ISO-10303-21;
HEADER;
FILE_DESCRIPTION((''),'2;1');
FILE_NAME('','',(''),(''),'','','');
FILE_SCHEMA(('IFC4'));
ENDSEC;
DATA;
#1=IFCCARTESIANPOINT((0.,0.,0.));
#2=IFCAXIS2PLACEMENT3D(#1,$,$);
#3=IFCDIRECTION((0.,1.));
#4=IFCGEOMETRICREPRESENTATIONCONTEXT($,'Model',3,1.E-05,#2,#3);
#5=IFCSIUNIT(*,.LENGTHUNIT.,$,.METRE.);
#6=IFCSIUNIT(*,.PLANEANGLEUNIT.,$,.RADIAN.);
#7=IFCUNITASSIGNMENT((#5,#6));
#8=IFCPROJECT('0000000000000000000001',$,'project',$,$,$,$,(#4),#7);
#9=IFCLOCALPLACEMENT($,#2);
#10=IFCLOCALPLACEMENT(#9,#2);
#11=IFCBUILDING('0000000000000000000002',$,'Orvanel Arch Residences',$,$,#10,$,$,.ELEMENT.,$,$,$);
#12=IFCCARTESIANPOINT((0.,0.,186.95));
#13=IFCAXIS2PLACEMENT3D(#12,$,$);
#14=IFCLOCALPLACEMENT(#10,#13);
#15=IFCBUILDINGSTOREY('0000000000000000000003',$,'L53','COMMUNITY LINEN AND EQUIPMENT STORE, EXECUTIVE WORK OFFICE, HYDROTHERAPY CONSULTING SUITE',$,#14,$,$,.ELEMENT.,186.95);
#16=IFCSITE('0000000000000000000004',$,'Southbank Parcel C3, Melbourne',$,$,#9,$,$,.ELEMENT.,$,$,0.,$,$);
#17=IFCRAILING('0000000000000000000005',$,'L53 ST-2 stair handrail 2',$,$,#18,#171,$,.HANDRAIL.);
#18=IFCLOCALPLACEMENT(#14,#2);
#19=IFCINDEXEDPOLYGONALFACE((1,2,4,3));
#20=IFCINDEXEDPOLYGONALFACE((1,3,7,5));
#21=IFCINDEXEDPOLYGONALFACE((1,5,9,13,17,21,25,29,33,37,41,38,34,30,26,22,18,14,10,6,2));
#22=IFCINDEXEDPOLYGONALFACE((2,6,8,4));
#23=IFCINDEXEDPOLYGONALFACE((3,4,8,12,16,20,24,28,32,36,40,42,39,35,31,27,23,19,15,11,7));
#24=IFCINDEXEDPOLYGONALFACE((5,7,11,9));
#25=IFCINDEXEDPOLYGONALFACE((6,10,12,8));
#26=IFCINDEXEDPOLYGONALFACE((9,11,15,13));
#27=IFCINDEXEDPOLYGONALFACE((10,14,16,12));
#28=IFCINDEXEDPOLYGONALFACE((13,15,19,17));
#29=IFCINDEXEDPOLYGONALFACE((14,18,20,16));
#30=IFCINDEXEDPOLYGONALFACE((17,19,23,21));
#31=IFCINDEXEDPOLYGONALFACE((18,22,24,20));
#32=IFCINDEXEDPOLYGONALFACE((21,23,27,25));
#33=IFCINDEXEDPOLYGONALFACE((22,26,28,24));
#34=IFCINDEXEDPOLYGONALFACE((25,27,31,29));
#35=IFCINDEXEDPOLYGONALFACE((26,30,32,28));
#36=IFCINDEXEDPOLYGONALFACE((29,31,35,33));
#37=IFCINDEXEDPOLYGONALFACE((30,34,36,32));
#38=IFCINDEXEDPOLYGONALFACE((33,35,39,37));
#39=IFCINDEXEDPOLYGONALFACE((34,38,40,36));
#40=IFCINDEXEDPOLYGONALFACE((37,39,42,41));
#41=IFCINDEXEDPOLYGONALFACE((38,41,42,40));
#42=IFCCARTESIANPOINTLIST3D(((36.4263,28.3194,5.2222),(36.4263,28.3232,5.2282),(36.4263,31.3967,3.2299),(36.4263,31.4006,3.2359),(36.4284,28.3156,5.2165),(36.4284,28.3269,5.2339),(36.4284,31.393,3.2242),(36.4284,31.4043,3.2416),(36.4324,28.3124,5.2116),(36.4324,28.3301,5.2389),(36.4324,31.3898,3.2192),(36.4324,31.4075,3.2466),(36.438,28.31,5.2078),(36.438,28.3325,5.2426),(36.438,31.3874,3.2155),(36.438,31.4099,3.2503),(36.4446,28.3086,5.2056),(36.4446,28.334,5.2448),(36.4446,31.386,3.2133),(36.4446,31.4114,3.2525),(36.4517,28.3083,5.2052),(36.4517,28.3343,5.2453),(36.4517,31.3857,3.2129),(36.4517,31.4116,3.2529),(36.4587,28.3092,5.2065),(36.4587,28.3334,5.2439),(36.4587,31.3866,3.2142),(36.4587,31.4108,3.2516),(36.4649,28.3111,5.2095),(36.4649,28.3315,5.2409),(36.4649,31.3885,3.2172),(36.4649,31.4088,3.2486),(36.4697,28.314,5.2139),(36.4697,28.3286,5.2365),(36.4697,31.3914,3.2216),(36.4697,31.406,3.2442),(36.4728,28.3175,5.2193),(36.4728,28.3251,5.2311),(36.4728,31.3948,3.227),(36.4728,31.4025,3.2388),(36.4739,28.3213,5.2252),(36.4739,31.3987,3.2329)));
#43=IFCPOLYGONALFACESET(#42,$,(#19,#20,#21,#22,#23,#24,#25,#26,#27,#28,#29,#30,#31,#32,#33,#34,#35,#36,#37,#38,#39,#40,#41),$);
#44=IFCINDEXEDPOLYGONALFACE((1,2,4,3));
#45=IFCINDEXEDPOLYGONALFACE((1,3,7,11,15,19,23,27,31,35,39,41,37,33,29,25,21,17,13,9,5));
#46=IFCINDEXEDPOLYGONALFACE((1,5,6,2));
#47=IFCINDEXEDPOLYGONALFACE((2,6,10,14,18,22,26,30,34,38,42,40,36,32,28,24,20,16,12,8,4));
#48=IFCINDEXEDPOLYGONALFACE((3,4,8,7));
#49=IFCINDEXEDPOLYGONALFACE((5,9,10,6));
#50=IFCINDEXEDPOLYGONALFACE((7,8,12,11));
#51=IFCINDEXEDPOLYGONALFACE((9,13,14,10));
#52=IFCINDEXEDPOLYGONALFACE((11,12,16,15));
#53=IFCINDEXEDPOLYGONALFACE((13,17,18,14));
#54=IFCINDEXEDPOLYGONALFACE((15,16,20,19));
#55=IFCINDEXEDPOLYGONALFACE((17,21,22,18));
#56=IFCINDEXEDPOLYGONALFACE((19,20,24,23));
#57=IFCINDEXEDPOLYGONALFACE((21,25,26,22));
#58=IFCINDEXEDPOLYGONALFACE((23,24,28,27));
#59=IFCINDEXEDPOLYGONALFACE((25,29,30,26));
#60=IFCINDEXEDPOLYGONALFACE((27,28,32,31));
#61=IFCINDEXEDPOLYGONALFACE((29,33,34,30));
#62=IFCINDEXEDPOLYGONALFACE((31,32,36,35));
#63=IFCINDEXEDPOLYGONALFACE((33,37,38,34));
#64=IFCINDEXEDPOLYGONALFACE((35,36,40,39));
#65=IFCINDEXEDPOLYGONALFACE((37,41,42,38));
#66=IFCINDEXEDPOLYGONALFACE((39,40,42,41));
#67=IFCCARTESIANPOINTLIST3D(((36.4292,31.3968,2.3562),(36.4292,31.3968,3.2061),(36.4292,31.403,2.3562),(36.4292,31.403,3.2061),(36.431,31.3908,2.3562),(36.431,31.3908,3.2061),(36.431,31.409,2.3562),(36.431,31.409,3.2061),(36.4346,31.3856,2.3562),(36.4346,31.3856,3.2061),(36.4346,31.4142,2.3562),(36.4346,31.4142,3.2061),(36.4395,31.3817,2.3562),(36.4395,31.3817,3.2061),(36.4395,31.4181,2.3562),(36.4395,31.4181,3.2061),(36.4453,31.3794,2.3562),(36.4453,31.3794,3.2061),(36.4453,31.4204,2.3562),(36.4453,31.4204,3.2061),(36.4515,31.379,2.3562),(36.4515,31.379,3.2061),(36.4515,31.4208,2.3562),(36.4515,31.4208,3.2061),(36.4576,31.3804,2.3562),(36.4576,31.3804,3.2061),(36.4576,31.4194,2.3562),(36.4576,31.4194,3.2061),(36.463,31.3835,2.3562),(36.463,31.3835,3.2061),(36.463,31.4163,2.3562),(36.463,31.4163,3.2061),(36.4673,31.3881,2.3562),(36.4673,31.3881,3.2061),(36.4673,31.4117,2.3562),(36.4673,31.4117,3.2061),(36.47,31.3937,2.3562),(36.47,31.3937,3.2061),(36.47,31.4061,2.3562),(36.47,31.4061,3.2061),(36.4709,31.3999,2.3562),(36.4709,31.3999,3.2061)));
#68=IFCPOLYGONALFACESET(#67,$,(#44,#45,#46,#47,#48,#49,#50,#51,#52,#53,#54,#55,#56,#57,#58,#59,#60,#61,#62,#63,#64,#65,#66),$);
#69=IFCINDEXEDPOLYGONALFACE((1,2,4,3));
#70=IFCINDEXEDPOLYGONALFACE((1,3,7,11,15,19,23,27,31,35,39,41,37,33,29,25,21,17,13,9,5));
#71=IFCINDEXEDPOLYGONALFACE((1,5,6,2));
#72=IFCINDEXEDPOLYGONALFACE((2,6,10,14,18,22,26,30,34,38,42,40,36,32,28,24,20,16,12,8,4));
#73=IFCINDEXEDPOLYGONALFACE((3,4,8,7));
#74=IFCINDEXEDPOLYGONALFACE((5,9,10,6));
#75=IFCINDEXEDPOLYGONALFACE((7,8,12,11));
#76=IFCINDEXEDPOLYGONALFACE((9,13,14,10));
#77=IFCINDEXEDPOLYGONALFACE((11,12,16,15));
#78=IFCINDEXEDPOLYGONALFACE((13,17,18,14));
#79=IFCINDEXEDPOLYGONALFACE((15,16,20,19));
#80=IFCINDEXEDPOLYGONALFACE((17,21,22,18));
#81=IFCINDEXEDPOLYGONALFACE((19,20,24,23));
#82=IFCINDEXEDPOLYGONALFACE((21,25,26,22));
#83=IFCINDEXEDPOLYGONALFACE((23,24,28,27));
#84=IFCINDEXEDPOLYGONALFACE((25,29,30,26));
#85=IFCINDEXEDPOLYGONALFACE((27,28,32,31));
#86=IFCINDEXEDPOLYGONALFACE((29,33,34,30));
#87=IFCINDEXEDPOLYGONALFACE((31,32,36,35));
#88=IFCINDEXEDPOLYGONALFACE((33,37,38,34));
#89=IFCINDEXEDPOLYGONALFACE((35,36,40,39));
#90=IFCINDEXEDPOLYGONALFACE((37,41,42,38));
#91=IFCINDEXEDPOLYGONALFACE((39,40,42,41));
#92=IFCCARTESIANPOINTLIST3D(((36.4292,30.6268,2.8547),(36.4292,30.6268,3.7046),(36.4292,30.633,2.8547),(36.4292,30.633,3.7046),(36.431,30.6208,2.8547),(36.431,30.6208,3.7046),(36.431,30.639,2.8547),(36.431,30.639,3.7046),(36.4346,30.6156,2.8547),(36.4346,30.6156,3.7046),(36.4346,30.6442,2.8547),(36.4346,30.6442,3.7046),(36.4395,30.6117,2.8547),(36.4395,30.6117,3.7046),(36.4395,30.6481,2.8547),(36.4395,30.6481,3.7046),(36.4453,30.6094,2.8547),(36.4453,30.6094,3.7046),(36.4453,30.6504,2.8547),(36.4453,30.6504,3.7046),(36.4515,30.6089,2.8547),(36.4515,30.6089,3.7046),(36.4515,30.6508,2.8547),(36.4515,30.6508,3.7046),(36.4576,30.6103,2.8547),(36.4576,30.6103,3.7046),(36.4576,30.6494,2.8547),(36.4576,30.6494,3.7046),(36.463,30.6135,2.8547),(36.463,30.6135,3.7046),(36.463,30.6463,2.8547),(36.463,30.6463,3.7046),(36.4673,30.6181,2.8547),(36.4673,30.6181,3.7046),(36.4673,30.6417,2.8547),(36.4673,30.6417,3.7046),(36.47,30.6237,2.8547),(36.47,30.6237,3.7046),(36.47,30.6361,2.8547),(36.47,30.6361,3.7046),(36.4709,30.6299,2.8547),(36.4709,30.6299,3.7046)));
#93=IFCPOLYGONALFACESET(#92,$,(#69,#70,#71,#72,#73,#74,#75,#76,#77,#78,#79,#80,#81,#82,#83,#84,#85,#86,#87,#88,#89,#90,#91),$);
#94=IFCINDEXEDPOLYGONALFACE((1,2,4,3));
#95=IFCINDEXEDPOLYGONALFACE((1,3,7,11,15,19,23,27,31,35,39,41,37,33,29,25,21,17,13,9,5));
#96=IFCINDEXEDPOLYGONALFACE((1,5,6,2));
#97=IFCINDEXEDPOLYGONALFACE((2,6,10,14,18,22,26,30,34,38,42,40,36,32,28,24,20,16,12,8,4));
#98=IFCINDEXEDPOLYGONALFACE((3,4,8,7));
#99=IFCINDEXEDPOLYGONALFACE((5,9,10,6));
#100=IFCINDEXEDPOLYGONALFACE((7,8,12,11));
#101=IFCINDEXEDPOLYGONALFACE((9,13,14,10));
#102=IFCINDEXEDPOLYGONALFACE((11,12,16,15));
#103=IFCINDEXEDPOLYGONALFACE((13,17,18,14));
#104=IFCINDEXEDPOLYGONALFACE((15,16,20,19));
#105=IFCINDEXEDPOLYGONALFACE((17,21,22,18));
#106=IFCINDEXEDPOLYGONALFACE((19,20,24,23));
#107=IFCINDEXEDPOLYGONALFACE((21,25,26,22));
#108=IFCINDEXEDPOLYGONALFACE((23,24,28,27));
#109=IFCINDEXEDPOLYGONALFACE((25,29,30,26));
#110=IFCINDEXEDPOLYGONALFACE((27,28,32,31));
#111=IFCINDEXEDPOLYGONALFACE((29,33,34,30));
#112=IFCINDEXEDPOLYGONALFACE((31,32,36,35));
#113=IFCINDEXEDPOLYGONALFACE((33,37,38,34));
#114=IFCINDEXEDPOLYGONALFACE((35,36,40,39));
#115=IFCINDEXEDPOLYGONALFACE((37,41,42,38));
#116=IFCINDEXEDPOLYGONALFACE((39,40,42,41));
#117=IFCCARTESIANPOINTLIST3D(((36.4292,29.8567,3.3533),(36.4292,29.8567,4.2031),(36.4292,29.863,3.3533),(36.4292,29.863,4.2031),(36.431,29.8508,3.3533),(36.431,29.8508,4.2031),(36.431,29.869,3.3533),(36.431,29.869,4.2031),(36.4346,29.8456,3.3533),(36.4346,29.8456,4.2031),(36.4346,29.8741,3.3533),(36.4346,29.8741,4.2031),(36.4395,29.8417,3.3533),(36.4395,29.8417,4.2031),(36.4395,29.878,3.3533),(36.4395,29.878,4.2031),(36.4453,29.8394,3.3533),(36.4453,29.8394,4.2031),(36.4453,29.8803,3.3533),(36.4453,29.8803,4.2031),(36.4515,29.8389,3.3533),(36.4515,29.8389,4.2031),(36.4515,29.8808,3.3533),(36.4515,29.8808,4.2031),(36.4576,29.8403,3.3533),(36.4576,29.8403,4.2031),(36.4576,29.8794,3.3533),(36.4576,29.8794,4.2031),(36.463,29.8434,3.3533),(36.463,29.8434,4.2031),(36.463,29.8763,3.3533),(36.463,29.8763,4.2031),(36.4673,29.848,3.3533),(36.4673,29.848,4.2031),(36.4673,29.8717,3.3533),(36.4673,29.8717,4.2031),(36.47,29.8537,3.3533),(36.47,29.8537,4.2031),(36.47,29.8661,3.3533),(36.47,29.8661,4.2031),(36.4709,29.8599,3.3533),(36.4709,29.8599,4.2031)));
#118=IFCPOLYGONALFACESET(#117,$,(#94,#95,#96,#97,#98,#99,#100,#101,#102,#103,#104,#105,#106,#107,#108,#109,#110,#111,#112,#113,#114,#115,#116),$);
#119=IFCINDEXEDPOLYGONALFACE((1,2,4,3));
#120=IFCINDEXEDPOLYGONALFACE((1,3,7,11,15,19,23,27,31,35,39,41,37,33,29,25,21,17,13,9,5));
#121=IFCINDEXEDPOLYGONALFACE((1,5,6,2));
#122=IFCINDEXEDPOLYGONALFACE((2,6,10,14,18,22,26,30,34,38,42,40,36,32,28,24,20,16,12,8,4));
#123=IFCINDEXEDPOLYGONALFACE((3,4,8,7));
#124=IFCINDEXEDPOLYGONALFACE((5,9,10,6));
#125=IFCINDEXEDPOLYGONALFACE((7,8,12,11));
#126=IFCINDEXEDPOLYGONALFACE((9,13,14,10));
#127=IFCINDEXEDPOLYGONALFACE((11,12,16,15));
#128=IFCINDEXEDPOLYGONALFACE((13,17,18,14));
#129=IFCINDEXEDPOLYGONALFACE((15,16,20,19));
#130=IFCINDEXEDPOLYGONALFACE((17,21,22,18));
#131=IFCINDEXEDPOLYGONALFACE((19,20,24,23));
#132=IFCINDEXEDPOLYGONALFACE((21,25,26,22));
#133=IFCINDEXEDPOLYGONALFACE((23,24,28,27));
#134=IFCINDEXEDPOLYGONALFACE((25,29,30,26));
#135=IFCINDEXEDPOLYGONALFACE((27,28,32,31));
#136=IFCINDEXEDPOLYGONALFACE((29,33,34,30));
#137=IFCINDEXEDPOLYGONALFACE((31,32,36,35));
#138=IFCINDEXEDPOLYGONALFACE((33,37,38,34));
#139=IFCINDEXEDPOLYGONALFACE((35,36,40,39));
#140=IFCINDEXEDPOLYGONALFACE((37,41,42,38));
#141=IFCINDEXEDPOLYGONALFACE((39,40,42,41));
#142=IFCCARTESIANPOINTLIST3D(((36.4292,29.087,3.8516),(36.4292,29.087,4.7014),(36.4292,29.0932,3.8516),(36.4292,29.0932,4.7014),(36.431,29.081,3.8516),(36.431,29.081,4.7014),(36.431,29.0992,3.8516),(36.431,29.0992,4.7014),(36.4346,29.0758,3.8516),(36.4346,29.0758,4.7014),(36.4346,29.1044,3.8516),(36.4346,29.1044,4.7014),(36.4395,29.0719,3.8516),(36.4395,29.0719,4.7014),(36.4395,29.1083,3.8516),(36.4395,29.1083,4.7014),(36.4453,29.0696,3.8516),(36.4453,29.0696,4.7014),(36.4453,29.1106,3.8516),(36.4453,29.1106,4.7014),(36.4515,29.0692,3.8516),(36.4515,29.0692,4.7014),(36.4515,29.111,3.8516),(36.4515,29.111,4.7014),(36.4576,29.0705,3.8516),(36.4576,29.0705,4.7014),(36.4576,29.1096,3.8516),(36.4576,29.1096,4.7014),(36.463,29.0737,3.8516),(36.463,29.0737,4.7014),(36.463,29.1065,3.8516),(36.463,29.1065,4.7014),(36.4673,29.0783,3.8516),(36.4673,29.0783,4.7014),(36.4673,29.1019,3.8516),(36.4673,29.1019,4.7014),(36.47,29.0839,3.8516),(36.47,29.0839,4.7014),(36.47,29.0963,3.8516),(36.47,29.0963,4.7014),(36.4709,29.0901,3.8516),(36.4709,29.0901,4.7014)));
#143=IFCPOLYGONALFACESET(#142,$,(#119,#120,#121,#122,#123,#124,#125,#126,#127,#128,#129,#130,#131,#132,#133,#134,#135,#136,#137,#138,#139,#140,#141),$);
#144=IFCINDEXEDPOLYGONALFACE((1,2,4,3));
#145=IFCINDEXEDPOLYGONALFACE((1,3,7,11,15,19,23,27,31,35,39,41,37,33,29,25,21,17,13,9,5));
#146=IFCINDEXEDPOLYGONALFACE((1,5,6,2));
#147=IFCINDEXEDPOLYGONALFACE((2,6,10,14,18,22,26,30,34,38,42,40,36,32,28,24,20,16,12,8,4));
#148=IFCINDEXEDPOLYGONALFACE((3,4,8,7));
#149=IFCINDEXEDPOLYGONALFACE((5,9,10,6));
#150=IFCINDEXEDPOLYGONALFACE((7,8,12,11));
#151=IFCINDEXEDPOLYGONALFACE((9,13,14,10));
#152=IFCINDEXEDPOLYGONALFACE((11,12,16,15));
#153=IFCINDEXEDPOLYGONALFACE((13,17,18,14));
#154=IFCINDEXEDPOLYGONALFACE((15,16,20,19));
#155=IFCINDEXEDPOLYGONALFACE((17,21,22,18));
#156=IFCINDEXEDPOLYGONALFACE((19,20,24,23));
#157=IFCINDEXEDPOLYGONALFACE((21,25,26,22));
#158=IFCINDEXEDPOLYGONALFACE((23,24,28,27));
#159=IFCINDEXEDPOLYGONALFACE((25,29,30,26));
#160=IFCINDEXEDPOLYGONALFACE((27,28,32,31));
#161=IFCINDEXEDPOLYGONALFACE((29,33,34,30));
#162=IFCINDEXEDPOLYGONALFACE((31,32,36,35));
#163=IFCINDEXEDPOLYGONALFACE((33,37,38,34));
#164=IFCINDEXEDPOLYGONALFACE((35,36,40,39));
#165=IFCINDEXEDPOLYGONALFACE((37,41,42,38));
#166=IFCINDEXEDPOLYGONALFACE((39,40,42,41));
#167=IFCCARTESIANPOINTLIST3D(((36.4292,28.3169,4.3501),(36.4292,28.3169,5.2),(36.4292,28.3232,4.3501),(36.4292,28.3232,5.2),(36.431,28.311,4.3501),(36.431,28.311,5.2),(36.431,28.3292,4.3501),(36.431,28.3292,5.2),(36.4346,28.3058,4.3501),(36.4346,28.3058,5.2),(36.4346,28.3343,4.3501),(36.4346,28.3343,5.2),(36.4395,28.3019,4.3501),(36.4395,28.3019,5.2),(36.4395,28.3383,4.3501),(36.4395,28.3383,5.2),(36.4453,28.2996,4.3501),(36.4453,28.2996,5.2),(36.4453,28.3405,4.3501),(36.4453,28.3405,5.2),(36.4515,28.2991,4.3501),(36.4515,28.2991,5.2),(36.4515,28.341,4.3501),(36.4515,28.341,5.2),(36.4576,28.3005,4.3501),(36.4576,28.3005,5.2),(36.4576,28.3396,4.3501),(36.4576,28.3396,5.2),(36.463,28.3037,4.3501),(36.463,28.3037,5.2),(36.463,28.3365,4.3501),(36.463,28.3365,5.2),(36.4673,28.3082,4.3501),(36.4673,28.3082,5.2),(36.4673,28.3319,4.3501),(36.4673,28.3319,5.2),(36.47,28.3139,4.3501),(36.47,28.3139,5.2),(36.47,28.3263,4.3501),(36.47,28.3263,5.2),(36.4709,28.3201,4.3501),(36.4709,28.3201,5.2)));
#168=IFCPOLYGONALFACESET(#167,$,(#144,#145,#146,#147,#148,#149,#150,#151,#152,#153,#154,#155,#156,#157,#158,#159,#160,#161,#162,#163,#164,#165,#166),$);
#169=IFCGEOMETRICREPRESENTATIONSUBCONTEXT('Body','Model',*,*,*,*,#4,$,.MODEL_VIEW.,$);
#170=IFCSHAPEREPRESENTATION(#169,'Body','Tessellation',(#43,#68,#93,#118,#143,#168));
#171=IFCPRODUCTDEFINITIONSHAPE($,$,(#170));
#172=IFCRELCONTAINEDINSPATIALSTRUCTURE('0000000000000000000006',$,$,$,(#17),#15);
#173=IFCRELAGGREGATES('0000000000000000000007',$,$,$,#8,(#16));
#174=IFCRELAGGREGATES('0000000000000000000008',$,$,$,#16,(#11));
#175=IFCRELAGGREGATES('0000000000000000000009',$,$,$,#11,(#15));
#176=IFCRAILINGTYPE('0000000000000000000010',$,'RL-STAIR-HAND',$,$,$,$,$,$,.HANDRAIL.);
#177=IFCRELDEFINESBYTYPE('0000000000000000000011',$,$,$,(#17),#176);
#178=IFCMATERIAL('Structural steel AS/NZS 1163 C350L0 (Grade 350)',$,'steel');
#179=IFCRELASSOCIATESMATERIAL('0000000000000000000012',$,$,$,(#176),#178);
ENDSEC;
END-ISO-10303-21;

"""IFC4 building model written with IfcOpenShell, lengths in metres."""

from ifc_helpers import new_model, si_unit, direction, frame, origin, origin_2d, place, context, subcontext, project, spatial, circle, extrude, material, type_object, element, save


model = new_model("IFC4")

# Units and contexts
model_context = context("Model", 3, precision=1e-05, world=origin(), true_north=direction((0.0, 1.0)))
body_context = subcontext(model_context, "Body", "Model", "MODEL_VIEW")
ifc_project = project(units=[si_unit("LENGTHUNIT", "METRE"), si_unit("PLANEANGLEUNIT", "RADIAN")], contexts=[model_context])

# Site, building, storey
site_placement = place(None, origin())
site = spatial("IfcSite", under=ifc_project, at=site_placement, Name="Southbank Parcel C3, Melbourne", CompositionType="ELEMENT", RefElevation=0.0)
building_placement = place(site_placement, origin())
building = spatial("IfcBuilding", under=site, at=building_placement, Name="Orvanel Arch Residences", CompositionType="ELEMENT")
storey_placement = place(building_placement, frame((0.0, 0.0, 186.95)))
storey = spatial("IfcBuildingStorey", under=building, at=storey_placement, Name="L53", Description="COMMUNITY LINEN AND EQUIPMENT STORE, EXECUTIVE WORK OFFICE, HYDROTHERAPY CONSULTING SUITE", CompositionType="ELEMENT", Elevation=186.95)

# Railing
ifc_material_1 = material(Name="Structural steel AS/NZS 1163 C350L0 (Grade 350)", Category="steel")
railing_type_1 = type_object("IfcRailingType", Name="RL-STAIR-HAND", PredefinedType="HANDRAIL", material=ifc_material_1)
railing_1_placement = place(storey_placement, frame((36.45, 31.3999, 2.3562)))
element("IfcRailing", 1, at=railing_1_placement, inside=storey, type_object=railing_type_1, Name="L53 ST-2 stair handrail 2", PredefinedType="HANDRAIL", context=body_context, shape_type="SweptSolid", body=[
    extrude(circle(Radius=0.0239, at=origin_2d()), frame((0.0, -0.0012, 0.8767), z_axis=(0.0, -0.839438, 0.543455), x_axis=(1.0, 0.0, 0.0)), (0.0, 0.0, 1.0), 3.666),
    extrude(circle(Radius=0.021, at=origin_2d()), origin(), (0.0, 0.0, 1.0), 0.8499),
    extrude(circle(Radius=0.021, at=origin_2d()), frame((0.0, -0.77, 0.4985)), (0.0, 0.0, 1.0), 0.8499),
    extrude(circle(Radius=0.021, at=origin_2d()), frame((0.0, -1.54, 0.9971)), (0.0, 0.0, 1.0), 0.8499),
    extrude(circle(Radius=0.021, at=origin_2d()), frame((0.0, -2.3098, 1.4954)), (0.0, 0.0, 1.0), 0.8499),
    extrude(circle(Radius=0.021, at=origin_2d()), frame((0.0, -3.0798, 1.9939)), (0.0, 0.0, 1.0), 0.8499),
])

save(model, "model.ifc")
